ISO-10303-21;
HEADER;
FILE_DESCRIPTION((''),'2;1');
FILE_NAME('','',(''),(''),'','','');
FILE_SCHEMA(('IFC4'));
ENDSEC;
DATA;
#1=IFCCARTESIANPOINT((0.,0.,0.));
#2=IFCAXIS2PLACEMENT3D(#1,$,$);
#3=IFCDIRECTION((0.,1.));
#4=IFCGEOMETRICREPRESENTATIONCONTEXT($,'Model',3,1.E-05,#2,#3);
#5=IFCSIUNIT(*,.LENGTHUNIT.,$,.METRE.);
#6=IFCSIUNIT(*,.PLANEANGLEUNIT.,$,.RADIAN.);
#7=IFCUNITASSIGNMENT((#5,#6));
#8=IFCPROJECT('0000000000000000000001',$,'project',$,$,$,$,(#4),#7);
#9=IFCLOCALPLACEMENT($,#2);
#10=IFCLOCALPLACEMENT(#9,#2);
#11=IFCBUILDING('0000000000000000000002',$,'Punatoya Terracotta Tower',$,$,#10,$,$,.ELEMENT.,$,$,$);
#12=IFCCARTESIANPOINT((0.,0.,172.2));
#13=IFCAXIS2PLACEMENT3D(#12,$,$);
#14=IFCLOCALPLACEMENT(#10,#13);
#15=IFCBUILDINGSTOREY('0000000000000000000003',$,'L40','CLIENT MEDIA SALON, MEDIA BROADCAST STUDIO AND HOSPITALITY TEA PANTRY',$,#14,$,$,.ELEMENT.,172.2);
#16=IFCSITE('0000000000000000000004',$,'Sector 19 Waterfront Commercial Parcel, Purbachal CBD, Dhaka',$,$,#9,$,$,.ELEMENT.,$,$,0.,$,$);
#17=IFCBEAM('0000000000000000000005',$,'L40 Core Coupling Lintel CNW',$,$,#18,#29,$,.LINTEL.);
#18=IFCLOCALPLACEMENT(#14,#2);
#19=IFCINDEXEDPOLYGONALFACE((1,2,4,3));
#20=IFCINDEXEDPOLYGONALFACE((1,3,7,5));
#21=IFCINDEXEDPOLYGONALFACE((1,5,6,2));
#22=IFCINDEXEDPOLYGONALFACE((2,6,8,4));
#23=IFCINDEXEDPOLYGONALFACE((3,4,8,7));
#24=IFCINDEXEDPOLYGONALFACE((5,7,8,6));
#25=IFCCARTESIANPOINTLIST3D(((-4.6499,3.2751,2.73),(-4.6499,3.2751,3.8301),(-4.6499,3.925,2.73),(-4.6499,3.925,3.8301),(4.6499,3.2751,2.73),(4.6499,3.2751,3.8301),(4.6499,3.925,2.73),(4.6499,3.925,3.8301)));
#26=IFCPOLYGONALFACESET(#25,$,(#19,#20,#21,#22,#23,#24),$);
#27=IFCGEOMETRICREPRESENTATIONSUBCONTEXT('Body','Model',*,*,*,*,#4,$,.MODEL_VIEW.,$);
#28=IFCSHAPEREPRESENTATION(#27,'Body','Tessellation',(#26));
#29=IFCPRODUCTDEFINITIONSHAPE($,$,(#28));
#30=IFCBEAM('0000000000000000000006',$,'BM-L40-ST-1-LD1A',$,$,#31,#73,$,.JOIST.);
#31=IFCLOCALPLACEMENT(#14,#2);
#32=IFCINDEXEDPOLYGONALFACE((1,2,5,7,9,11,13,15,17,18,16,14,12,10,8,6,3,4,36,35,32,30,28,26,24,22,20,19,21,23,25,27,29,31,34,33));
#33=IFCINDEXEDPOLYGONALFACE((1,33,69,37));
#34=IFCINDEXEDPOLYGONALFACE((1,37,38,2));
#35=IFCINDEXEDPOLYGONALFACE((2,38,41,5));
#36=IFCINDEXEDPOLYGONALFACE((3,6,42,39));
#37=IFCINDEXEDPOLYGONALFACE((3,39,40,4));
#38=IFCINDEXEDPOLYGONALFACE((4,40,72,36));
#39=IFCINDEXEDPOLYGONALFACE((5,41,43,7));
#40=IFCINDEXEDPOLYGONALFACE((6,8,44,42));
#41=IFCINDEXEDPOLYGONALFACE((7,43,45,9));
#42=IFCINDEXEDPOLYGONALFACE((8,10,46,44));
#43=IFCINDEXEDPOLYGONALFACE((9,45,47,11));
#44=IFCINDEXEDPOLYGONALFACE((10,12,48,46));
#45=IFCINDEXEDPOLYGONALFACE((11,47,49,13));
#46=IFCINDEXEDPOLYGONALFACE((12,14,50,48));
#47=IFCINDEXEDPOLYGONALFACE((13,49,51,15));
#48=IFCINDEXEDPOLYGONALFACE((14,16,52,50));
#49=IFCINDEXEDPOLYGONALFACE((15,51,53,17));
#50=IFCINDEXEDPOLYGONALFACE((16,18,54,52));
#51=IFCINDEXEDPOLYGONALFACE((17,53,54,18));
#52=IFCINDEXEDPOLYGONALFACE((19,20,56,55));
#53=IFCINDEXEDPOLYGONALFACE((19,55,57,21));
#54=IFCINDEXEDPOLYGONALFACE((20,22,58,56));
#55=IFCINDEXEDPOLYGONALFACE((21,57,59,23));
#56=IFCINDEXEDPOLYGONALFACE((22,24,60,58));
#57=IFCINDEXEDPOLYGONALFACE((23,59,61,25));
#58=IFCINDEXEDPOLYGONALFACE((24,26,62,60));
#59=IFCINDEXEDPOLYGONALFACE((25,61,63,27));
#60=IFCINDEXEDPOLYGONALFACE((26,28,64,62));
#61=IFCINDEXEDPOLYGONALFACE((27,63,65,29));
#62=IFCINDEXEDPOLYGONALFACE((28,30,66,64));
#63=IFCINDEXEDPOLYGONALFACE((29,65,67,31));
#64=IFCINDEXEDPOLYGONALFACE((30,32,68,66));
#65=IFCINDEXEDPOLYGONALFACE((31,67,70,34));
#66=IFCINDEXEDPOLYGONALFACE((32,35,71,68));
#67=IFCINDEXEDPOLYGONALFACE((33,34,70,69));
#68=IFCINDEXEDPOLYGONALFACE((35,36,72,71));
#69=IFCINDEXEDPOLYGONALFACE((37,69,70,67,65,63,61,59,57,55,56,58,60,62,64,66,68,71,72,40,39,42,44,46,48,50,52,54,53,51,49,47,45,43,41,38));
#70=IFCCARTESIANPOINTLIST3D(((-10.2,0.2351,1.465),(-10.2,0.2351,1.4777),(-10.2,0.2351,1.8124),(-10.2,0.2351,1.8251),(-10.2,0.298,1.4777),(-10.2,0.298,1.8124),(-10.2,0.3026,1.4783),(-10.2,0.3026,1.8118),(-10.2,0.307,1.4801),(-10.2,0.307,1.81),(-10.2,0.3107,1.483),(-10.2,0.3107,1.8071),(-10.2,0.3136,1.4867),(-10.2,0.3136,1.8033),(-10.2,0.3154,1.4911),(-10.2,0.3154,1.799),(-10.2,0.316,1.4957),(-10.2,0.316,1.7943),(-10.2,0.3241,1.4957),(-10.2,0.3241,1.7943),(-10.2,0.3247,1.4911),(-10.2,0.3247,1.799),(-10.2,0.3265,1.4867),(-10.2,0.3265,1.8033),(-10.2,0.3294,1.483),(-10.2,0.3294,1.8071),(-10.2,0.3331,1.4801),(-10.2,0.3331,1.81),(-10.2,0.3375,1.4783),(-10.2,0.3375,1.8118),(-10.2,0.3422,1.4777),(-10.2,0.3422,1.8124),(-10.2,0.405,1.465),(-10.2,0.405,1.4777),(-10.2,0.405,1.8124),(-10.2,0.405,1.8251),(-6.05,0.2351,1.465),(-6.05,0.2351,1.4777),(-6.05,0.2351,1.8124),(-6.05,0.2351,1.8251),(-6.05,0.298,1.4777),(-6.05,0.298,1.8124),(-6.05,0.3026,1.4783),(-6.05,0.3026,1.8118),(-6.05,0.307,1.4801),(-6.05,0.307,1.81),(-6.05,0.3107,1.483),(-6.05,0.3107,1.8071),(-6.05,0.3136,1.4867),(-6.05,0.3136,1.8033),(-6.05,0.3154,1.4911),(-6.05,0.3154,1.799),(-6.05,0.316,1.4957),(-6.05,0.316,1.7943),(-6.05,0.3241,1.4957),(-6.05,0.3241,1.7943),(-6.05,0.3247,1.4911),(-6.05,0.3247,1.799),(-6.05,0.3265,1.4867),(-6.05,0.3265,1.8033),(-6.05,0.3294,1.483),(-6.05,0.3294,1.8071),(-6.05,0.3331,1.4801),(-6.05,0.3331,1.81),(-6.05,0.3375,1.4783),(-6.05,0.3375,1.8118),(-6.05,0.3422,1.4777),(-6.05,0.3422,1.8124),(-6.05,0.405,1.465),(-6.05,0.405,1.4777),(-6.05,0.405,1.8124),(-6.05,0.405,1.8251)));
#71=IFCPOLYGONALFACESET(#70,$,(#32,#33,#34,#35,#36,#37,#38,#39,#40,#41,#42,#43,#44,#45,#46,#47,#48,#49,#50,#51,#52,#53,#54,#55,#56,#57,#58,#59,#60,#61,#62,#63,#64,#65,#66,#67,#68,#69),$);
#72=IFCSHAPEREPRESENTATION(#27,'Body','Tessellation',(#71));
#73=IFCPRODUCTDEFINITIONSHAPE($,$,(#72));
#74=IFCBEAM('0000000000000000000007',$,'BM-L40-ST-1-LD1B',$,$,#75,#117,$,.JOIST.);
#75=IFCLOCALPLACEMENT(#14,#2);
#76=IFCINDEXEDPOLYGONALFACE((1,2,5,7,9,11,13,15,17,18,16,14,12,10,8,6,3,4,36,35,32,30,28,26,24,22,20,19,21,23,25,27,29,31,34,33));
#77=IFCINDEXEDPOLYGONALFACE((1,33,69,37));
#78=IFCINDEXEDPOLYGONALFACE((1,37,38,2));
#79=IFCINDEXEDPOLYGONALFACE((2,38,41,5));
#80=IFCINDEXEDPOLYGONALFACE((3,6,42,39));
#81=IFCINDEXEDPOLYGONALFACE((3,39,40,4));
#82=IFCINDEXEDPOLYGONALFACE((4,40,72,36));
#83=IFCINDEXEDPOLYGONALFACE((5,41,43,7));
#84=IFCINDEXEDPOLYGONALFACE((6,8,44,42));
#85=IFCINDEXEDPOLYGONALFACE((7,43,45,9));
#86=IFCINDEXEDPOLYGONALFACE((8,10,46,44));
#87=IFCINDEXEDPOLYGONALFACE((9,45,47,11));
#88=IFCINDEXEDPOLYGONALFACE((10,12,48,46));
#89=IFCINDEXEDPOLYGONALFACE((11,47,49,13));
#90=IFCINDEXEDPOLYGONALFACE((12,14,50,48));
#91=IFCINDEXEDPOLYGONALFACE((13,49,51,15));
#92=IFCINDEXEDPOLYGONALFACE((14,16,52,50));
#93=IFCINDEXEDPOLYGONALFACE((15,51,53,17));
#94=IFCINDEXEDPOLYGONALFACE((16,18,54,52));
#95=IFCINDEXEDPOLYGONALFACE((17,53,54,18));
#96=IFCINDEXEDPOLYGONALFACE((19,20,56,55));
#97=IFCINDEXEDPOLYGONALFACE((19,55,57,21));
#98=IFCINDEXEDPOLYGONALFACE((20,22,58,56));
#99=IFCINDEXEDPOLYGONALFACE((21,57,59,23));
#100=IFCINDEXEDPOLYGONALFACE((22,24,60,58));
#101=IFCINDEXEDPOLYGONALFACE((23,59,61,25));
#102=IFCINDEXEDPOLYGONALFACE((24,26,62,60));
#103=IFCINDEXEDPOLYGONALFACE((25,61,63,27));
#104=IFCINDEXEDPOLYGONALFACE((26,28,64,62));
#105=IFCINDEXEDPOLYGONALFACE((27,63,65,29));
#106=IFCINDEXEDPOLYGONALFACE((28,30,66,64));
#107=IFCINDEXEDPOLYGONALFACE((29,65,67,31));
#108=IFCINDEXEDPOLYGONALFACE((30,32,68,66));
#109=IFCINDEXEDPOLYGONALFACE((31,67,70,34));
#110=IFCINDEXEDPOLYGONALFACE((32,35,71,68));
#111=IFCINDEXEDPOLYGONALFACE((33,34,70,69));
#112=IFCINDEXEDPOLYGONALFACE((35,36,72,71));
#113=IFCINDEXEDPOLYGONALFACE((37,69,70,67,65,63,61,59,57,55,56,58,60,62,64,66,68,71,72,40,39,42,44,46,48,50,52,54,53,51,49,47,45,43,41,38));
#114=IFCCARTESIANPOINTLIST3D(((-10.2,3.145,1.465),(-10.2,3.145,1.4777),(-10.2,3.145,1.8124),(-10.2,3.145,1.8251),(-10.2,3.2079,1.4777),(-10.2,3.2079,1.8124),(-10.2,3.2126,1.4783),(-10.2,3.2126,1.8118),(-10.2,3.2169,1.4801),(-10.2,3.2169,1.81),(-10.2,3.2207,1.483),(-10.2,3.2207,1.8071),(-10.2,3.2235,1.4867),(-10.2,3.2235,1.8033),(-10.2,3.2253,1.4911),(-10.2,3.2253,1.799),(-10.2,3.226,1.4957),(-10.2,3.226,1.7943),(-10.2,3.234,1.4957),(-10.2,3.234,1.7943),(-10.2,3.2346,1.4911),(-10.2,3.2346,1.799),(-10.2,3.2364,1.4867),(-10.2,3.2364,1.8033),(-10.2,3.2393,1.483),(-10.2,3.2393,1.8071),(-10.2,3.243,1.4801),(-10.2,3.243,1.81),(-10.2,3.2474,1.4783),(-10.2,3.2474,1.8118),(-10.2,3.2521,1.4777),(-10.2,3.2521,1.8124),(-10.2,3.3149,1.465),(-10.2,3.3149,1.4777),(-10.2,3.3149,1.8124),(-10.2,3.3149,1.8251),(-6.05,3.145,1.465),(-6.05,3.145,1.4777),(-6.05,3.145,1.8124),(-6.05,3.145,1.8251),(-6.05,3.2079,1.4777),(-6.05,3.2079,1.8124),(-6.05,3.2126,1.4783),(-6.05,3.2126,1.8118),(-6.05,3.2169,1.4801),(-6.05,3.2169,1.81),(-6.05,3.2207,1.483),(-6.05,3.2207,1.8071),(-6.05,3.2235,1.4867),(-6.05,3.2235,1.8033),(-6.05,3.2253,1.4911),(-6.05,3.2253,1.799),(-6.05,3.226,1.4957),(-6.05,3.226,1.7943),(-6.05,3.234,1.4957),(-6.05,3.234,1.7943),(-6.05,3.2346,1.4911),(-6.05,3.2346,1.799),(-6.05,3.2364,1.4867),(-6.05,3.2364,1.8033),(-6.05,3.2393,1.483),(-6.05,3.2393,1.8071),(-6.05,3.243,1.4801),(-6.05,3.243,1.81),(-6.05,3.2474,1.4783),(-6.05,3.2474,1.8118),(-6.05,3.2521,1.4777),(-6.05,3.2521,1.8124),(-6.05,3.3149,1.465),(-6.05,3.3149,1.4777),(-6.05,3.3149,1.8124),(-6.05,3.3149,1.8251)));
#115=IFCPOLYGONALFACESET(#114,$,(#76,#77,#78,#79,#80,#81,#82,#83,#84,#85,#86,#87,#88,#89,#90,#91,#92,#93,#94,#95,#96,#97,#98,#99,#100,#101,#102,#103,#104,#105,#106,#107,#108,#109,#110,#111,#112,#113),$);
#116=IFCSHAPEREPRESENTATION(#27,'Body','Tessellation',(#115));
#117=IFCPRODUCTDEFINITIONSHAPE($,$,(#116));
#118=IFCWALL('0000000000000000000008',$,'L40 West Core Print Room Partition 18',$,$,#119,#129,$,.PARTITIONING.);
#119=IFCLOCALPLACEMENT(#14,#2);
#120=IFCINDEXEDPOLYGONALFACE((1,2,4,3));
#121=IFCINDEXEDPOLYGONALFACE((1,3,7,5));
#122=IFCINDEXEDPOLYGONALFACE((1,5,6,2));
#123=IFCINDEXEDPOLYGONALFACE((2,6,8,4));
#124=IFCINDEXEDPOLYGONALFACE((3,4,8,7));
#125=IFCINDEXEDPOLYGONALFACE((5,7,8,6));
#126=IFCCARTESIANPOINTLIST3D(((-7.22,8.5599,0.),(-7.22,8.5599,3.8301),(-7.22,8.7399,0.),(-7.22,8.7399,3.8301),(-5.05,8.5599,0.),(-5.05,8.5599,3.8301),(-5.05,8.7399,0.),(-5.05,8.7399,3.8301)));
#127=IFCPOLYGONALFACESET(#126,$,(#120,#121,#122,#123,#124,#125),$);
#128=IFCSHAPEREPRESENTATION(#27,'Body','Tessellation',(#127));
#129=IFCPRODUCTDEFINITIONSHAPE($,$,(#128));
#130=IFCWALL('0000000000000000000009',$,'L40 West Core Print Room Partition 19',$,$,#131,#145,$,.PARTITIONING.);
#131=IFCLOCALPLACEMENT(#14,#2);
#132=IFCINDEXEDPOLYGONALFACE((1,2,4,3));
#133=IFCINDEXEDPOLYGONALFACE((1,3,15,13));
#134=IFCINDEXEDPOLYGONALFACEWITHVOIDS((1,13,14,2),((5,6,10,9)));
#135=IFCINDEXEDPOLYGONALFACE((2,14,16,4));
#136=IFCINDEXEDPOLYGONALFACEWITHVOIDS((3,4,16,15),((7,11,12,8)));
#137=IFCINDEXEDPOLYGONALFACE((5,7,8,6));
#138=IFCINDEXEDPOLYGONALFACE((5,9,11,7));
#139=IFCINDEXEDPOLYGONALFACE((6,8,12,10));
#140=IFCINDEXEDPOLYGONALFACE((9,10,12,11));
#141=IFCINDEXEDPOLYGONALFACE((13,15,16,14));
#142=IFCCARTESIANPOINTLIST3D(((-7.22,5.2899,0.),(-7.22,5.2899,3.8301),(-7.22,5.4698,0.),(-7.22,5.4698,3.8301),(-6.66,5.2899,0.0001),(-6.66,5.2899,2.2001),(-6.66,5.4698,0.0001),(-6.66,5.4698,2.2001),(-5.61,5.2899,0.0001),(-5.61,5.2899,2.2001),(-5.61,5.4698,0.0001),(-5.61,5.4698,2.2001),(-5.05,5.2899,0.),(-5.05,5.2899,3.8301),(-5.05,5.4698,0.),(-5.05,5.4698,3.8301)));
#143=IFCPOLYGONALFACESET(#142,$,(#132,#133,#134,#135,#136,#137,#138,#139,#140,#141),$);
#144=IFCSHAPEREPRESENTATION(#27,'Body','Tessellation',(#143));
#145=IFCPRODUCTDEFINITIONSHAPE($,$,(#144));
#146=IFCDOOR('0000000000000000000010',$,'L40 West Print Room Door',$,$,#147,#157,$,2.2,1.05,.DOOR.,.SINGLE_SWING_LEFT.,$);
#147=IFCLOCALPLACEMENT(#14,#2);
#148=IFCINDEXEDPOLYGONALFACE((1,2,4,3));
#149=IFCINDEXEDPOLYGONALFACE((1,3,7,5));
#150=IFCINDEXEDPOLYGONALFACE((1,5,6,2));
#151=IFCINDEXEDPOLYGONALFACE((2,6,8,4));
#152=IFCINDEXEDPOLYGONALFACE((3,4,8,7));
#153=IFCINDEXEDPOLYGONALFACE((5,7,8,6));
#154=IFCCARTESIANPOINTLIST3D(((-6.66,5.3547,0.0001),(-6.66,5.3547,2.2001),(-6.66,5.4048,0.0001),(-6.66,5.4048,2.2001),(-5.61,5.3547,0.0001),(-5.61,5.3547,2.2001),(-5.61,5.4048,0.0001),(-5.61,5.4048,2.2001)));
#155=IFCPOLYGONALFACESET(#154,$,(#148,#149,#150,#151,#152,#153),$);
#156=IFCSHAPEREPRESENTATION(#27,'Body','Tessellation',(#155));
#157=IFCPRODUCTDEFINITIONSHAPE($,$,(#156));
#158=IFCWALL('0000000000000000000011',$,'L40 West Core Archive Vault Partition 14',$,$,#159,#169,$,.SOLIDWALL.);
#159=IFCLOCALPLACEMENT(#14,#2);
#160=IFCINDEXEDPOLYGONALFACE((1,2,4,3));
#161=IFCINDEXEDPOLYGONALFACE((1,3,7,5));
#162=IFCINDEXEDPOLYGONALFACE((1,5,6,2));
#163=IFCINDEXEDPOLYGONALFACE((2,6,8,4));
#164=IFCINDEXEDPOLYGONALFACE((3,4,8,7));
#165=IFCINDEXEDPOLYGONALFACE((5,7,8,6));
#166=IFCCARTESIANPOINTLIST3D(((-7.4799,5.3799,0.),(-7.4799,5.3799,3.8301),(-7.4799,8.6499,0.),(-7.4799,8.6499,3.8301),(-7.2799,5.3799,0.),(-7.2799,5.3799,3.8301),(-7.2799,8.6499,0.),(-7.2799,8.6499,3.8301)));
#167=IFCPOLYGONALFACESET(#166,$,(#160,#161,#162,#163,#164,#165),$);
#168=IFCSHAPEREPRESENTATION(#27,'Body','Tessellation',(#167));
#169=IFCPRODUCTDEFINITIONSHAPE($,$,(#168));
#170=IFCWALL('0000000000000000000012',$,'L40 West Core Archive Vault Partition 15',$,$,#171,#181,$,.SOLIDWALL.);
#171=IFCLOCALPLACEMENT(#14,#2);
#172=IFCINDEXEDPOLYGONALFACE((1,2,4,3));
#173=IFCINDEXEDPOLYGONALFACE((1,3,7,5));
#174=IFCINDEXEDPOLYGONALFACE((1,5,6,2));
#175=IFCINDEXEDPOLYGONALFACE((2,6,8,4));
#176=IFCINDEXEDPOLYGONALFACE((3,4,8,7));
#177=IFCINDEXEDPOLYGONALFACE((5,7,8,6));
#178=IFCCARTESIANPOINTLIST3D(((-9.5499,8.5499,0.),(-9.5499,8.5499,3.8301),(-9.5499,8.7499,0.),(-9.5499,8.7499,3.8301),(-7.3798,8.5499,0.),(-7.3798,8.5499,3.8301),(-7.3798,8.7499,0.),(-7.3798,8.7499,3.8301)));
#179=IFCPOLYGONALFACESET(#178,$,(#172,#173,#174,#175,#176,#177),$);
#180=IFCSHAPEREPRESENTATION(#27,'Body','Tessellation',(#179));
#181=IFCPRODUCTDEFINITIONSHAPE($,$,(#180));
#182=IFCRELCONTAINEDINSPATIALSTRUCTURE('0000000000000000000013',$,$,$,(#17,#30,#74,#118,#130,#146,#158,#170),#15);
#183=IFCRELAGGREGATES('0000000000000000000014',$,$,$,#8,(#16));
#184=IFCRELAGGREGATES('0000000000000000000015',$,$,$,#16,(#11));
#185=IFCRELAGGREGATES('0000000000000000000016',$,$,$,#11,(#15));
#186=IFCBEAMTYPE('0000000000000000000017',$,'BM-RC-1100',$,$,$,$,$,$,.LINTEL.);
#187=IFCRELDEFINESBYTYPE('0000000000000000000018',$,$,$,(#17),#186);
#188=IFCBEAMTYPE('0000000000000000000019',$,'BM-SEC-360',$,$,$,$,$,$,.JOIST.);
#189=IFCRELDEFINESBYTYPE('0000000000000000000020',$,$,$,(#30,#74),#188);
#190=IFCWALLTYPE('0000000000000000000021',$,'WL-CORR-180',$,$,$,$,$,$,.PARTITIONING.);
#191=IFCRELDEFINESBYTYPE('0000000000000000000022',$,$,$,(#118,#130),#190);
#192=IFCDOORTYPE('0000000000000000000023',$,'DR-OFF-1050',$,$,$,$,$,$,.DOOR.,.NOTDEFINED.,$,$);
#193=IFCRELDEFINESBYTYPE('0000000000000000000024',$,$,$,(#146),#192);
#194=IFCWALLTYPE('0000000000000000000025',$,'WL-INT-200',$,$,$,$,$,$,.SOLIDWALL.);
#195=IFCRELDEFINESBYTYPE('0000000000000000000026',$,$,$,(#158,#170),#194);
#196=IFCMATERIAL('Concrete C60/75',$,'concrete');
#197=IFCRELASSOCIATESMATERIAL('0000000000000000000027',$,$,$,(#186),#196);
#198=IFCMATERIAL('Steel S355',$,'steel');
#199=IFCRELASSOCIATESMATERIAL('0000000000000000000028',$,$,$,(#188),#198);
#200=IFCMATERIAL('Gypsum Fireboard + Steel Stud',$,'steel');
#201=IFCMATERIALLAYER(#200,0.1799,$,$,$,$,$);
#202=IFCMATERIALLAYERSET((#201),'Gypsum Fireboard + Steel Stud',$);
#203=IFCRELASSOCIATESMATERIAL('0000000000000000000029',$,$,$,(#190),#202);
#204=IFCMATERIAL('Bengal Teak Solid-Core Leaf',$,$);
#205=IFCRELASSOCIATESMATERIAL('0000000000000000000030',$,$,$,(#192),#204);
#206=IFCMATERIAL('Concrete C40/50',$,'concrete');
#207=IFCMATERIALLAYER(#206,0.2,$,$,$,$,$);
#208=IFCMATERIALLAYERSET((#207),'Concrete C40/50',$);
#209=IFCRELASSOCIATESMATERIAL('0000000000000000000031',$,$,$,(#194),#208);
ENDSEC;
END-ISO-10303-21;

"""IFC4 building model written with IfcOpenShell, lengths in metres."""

from ifc_helpers import new_model, si_unit, direction, frame, frame_2d, origin, origin_2d, place, context, subcontext, project, spatial, rectangle, i_section, extrude, material, layer, layer_set, material_profile, profile_set, type_object, element, fill, save


model = new_model("IFC4")

# Units and contexts
model_context = context("Model", 3, precision=1e-05, world=origin(), true_north=direction((0.0, 1.0)))
body_context = subcontext(model_context, "Body", "Model", "MODEL_VIEW")
ifc_project = project(units=[si_unit("LENGTHUNIT", "METRE"), si_unit("PLANEANGLEUNIT", "RADIAN")], contexts=[model_context])

# Site, building, storey
site_placement = place(None, origin())
site = spatial("IfcSite", under=ifc_project, at=site_placement, Name="Sector 19 Waterfront Commercial Parcel, Purbachal CBD, Dhaka", CompositionType="ELEMENT", RefElevation=0.0)
building_placement = place(site_placement, origin())
building = spatial("IfcBuilding", under=site, at=building_placement, Name="Punatoya Terracotta Tower", CompositionType="ELEMENT")
storey_placement = place(building_placement, frame((0.0, 0.0, 172.2)))
storey = spatial("IfcBuildingStorey", under=building, at=storey_placement, Name="L40", Description="CLIENT MEDIA SALON, MEDIA BROADCAST STUDIO AND HOSPITALITY TEA PANTRY", CompositionType="ELEMENT", Elevation=172.2)

# Beams
ifc_material_1 = material(Name="Concrete C60/75", Category="concrete")
ifc_material_profile_1 = material_profile(ifc_material_1, rectangle(XDim=0.6499, YDim=1.1001, at=origin_2d()))
ifc_profile_set_1 = profile_set([ifc_material_profile_1], Name="Concrete C60/75")
beam_type_1 = type_object("IfcBeamType", Name="BM-RC-1100", PredefinedType="LINTEL", material=ifc_profile_set_1)
beam_placement = place(storey_placement, frame((-4.6499, 3.6001, 3.28), z_axis=(1.0, 0.0, 0.0), x_axis=(0.0, 1.0, 0.0)))
element("IfcBeam", 1, at=beam_placement, inside=storey, type_object=beam_type_1, Name="L40 Core Coupling Lintel CNW", PredefinedType="LINTEL", context=body_context, shape_type="SweptSolid", body=[
    extrude(rectangle(XDim=0.6499, YDim=1.1001, at=origin_2d()), origin(), (0.0, 0.0, 1.0), 9.2998),
])
ifc_material_2 = material(Name="Steel S355", Category="steel")
ifc_material_profile_2 = material_profile(ifc_material_2, i_section(OverallWidth=0.1699, OverallDepth=0.3601, WebThickness=0.0081, FlangeThickness=0.0127, FilletRadius=0.0181, at=origin_2d()))
ifc_profile_set_2 = profile_set([ifc_material_profile_2], Name="Steel S355")
beam_type_2 = type_object("IfcBeamType", Name="BM-SEC-360", PredefinedType="JOIST", material=ifc_profile_set_2)
for number, where, z_axis, x_axis, name in (
    (2, (-10.2, 0.3201, 1.645), (1.0, 0.0, 0.0), (0.0, 1.0, 0.0), "BM-L40-ST-1-LD1A"),
    (3, (-10.2, 3.23, 1.645), (1.0, 0.0, 0.0), (0.0, 1.0, 0.0), "BM-L40-ST-1-LD1B"),
):
    element("IfcBeam", number, at=place(storey_placement, frame(where, z_axis=z_axis, x_axis=x_axis)), inside=storey, type_object=beam_type_2, Name=name, PredefinedType="JOIST", context=body_context, shape_type="SweptSolid", body=[
        extrude(i_section(OverallWidth=0.1699, OverallDepth=0.3601, WebThickness=0.0081, FlangeThickness=0.0127, FilletRadius=0.0181, at=origin_2d()), origin(), (0.0, 0.0, 1.0), 4.1499),
    ])

# Wall
ifc_material_3 = material(Name="Gypsum Fireboard + Steel Stud", Category="steel")
ifc_layer_1 = layer(ifc_material_3, 0.1799)
ifc_layer_set_1 = layer_set([ifc_layer_1], Name="Gypsum Fireboard + Steel Stud")
wall_type_1 = type_object("IfcWallType", Name="WL-CORR-180", PredefinedType="PARTITIONING", material=ifc_layer_set_1)
wall_1_placement = place(storey_placement, frame((-5.05, 8.6499, 0.0), z_axis=(0.0, 0.0, 1.0), x_axis=(-1.0, 0.0, 0.0)))
element("IfcWall", 4, at=wall_1_placement, inside=storey, type_object=wall_type_1, Name="L40 West Core Print Room Partition 18", PredefinedType="PARTITIONING", context=body_context, shape_type="SweptSolid", body=[
    extrude(rectangle(XDim=2.1699, YDim=0.1799, at=frame_2d((1.085, 0.0))), origin(), (0.0, 0.0, 1.0), 3.8301),
])

# Wall, opening, door
wall_2_placement = place(storey_placement, frame((-7.22, 5.3799, 0.0), z_axis=(0.0, 0.0, 1.0), x_axis=(1.0, 0.0, 0.0)))
wall_2 = element("IfcWall", 5, at=wall_2_placement, inside=storey, type_object=wall_type_1, Name="L40 West Core Print Room Partition 19", PredefinedType="PARTITIONING", context=body_context, shape_type="SweptSolid", body=[
    extrude(rectangle(XDim=2.1699, YDim=0.1799, at=frame_2d((1.085, 0.0))), origin(), (0.0, 0.0, 1.0), 3.8301),
])
opening_1_placement = place(wall_2_placement, frame((0.5601, 0.0, 0.0)))
opening_1 = element("IfcOpeningElement", 6, at=opening_1_placement, cuts=wall_2, PredefinedType="OPENING", context=body_context, shape_type="SweptSolid", body=[
    extrude(rectangle(XDim=1.05, YDim=2.2, at=frame_2d((0.5249, 1.1001))), frame((0.0, 0.0999, 0.0), z_axis=(0.0, -1.0, 0.0), x_axis=(1.0, 0.0, 0.0)), (0.0, 0.0, 1.0), 0.2),
])
ifc_material_4 = material(Name="Bengal Teak Solid-Core Leaf")
door_type_1 = type_object("IfcDoorType", Name="DR-OFF-1050", OperationType="NOTDEFINED", PredefinedType="DOOR", material=ifc_material_4)
door_1_placement = place(opening_1_placement, origin())
door_1 = element("IfcDoor", 7, at=door_1_placement, inside=storey, type_object=door_type_1, Name="L40 West Print Room Door", OperationType="SINGLE_SWING_LEFT", OverallHeight=2.2, OverallWidth=1.05, PredefinedType="DOOR", context=body_context, shape_type="SweptSolid", body=[
    extrude(rectangle(XDim=1.05, YDim=2.2, at=frame_2d((0.5249, 1.1001))), frame((0.0, 0.0249, 0.0), z_axis=(0.0, -1.0, 0.0), x_axis=(1.0, 0.0, 0.0)), (0.0, 0.0, 1.0), 0.05),
])
fill(opening_1, door_1)

# Walls
ifc_material_5 = material(Name="Concrete C40/50", Category="concrete")
ifc_layer_2 = layer(ifc_material_5, 0.2)
ifc_layer_set_2 = layer_set([ifc_layer_2], Name="Concrete C40/50")
wall_type_2 = type_object("IfcWallType", Name="WL-INT-200", PredefinedType="SOLIDWALL", material=ifc_layer_set_2)
wall_3_placement = place(storey_placement, frame((-7.3799, 5.3799, 0.0), z_axis=(0.0, 0.0, 1.0), x_axis=(0.0, 1.0, 0.0)))
element("IfcWall", 8, at=wall_3_placement, inside=storey, type_object=wall_type_2, Name="L40 West Core Archive Vault Partition 14", PredefinedType="SOLIDWALL", context=body_context, shape_type="SweptSolid", body=[
    extrude(rectangle(XDim=3.27, YDim=0.2, at=frame_2d((1.635, 0.0))), origin(), (0.0, 0.0, 1.0), 3.8301),
])
wall_4_placement = place(storey_placement, frame((-7.3799, 8.6499, 0.0), z_axis=(0.0, 0.0, 1.0), x_axis=(-1.0, 0.0, 0.0)))
element("IfcWall", 9, at=wall_4_placement, inside=storey, type_object=wall_type_2, Name="L40 West Core Archive Vault Partition 15", PredefinedType="SOLIDWALL", context=body_context, shape_type="SweptSolid", body=[
    extrude(rectangle(XDim=2.1702, YDim=0.2, at=frame_2d((1.085, 0.0))), origin(), (0.0, 0.0, 1.0), 3.8301),
])

save(model, "model.ifc")
